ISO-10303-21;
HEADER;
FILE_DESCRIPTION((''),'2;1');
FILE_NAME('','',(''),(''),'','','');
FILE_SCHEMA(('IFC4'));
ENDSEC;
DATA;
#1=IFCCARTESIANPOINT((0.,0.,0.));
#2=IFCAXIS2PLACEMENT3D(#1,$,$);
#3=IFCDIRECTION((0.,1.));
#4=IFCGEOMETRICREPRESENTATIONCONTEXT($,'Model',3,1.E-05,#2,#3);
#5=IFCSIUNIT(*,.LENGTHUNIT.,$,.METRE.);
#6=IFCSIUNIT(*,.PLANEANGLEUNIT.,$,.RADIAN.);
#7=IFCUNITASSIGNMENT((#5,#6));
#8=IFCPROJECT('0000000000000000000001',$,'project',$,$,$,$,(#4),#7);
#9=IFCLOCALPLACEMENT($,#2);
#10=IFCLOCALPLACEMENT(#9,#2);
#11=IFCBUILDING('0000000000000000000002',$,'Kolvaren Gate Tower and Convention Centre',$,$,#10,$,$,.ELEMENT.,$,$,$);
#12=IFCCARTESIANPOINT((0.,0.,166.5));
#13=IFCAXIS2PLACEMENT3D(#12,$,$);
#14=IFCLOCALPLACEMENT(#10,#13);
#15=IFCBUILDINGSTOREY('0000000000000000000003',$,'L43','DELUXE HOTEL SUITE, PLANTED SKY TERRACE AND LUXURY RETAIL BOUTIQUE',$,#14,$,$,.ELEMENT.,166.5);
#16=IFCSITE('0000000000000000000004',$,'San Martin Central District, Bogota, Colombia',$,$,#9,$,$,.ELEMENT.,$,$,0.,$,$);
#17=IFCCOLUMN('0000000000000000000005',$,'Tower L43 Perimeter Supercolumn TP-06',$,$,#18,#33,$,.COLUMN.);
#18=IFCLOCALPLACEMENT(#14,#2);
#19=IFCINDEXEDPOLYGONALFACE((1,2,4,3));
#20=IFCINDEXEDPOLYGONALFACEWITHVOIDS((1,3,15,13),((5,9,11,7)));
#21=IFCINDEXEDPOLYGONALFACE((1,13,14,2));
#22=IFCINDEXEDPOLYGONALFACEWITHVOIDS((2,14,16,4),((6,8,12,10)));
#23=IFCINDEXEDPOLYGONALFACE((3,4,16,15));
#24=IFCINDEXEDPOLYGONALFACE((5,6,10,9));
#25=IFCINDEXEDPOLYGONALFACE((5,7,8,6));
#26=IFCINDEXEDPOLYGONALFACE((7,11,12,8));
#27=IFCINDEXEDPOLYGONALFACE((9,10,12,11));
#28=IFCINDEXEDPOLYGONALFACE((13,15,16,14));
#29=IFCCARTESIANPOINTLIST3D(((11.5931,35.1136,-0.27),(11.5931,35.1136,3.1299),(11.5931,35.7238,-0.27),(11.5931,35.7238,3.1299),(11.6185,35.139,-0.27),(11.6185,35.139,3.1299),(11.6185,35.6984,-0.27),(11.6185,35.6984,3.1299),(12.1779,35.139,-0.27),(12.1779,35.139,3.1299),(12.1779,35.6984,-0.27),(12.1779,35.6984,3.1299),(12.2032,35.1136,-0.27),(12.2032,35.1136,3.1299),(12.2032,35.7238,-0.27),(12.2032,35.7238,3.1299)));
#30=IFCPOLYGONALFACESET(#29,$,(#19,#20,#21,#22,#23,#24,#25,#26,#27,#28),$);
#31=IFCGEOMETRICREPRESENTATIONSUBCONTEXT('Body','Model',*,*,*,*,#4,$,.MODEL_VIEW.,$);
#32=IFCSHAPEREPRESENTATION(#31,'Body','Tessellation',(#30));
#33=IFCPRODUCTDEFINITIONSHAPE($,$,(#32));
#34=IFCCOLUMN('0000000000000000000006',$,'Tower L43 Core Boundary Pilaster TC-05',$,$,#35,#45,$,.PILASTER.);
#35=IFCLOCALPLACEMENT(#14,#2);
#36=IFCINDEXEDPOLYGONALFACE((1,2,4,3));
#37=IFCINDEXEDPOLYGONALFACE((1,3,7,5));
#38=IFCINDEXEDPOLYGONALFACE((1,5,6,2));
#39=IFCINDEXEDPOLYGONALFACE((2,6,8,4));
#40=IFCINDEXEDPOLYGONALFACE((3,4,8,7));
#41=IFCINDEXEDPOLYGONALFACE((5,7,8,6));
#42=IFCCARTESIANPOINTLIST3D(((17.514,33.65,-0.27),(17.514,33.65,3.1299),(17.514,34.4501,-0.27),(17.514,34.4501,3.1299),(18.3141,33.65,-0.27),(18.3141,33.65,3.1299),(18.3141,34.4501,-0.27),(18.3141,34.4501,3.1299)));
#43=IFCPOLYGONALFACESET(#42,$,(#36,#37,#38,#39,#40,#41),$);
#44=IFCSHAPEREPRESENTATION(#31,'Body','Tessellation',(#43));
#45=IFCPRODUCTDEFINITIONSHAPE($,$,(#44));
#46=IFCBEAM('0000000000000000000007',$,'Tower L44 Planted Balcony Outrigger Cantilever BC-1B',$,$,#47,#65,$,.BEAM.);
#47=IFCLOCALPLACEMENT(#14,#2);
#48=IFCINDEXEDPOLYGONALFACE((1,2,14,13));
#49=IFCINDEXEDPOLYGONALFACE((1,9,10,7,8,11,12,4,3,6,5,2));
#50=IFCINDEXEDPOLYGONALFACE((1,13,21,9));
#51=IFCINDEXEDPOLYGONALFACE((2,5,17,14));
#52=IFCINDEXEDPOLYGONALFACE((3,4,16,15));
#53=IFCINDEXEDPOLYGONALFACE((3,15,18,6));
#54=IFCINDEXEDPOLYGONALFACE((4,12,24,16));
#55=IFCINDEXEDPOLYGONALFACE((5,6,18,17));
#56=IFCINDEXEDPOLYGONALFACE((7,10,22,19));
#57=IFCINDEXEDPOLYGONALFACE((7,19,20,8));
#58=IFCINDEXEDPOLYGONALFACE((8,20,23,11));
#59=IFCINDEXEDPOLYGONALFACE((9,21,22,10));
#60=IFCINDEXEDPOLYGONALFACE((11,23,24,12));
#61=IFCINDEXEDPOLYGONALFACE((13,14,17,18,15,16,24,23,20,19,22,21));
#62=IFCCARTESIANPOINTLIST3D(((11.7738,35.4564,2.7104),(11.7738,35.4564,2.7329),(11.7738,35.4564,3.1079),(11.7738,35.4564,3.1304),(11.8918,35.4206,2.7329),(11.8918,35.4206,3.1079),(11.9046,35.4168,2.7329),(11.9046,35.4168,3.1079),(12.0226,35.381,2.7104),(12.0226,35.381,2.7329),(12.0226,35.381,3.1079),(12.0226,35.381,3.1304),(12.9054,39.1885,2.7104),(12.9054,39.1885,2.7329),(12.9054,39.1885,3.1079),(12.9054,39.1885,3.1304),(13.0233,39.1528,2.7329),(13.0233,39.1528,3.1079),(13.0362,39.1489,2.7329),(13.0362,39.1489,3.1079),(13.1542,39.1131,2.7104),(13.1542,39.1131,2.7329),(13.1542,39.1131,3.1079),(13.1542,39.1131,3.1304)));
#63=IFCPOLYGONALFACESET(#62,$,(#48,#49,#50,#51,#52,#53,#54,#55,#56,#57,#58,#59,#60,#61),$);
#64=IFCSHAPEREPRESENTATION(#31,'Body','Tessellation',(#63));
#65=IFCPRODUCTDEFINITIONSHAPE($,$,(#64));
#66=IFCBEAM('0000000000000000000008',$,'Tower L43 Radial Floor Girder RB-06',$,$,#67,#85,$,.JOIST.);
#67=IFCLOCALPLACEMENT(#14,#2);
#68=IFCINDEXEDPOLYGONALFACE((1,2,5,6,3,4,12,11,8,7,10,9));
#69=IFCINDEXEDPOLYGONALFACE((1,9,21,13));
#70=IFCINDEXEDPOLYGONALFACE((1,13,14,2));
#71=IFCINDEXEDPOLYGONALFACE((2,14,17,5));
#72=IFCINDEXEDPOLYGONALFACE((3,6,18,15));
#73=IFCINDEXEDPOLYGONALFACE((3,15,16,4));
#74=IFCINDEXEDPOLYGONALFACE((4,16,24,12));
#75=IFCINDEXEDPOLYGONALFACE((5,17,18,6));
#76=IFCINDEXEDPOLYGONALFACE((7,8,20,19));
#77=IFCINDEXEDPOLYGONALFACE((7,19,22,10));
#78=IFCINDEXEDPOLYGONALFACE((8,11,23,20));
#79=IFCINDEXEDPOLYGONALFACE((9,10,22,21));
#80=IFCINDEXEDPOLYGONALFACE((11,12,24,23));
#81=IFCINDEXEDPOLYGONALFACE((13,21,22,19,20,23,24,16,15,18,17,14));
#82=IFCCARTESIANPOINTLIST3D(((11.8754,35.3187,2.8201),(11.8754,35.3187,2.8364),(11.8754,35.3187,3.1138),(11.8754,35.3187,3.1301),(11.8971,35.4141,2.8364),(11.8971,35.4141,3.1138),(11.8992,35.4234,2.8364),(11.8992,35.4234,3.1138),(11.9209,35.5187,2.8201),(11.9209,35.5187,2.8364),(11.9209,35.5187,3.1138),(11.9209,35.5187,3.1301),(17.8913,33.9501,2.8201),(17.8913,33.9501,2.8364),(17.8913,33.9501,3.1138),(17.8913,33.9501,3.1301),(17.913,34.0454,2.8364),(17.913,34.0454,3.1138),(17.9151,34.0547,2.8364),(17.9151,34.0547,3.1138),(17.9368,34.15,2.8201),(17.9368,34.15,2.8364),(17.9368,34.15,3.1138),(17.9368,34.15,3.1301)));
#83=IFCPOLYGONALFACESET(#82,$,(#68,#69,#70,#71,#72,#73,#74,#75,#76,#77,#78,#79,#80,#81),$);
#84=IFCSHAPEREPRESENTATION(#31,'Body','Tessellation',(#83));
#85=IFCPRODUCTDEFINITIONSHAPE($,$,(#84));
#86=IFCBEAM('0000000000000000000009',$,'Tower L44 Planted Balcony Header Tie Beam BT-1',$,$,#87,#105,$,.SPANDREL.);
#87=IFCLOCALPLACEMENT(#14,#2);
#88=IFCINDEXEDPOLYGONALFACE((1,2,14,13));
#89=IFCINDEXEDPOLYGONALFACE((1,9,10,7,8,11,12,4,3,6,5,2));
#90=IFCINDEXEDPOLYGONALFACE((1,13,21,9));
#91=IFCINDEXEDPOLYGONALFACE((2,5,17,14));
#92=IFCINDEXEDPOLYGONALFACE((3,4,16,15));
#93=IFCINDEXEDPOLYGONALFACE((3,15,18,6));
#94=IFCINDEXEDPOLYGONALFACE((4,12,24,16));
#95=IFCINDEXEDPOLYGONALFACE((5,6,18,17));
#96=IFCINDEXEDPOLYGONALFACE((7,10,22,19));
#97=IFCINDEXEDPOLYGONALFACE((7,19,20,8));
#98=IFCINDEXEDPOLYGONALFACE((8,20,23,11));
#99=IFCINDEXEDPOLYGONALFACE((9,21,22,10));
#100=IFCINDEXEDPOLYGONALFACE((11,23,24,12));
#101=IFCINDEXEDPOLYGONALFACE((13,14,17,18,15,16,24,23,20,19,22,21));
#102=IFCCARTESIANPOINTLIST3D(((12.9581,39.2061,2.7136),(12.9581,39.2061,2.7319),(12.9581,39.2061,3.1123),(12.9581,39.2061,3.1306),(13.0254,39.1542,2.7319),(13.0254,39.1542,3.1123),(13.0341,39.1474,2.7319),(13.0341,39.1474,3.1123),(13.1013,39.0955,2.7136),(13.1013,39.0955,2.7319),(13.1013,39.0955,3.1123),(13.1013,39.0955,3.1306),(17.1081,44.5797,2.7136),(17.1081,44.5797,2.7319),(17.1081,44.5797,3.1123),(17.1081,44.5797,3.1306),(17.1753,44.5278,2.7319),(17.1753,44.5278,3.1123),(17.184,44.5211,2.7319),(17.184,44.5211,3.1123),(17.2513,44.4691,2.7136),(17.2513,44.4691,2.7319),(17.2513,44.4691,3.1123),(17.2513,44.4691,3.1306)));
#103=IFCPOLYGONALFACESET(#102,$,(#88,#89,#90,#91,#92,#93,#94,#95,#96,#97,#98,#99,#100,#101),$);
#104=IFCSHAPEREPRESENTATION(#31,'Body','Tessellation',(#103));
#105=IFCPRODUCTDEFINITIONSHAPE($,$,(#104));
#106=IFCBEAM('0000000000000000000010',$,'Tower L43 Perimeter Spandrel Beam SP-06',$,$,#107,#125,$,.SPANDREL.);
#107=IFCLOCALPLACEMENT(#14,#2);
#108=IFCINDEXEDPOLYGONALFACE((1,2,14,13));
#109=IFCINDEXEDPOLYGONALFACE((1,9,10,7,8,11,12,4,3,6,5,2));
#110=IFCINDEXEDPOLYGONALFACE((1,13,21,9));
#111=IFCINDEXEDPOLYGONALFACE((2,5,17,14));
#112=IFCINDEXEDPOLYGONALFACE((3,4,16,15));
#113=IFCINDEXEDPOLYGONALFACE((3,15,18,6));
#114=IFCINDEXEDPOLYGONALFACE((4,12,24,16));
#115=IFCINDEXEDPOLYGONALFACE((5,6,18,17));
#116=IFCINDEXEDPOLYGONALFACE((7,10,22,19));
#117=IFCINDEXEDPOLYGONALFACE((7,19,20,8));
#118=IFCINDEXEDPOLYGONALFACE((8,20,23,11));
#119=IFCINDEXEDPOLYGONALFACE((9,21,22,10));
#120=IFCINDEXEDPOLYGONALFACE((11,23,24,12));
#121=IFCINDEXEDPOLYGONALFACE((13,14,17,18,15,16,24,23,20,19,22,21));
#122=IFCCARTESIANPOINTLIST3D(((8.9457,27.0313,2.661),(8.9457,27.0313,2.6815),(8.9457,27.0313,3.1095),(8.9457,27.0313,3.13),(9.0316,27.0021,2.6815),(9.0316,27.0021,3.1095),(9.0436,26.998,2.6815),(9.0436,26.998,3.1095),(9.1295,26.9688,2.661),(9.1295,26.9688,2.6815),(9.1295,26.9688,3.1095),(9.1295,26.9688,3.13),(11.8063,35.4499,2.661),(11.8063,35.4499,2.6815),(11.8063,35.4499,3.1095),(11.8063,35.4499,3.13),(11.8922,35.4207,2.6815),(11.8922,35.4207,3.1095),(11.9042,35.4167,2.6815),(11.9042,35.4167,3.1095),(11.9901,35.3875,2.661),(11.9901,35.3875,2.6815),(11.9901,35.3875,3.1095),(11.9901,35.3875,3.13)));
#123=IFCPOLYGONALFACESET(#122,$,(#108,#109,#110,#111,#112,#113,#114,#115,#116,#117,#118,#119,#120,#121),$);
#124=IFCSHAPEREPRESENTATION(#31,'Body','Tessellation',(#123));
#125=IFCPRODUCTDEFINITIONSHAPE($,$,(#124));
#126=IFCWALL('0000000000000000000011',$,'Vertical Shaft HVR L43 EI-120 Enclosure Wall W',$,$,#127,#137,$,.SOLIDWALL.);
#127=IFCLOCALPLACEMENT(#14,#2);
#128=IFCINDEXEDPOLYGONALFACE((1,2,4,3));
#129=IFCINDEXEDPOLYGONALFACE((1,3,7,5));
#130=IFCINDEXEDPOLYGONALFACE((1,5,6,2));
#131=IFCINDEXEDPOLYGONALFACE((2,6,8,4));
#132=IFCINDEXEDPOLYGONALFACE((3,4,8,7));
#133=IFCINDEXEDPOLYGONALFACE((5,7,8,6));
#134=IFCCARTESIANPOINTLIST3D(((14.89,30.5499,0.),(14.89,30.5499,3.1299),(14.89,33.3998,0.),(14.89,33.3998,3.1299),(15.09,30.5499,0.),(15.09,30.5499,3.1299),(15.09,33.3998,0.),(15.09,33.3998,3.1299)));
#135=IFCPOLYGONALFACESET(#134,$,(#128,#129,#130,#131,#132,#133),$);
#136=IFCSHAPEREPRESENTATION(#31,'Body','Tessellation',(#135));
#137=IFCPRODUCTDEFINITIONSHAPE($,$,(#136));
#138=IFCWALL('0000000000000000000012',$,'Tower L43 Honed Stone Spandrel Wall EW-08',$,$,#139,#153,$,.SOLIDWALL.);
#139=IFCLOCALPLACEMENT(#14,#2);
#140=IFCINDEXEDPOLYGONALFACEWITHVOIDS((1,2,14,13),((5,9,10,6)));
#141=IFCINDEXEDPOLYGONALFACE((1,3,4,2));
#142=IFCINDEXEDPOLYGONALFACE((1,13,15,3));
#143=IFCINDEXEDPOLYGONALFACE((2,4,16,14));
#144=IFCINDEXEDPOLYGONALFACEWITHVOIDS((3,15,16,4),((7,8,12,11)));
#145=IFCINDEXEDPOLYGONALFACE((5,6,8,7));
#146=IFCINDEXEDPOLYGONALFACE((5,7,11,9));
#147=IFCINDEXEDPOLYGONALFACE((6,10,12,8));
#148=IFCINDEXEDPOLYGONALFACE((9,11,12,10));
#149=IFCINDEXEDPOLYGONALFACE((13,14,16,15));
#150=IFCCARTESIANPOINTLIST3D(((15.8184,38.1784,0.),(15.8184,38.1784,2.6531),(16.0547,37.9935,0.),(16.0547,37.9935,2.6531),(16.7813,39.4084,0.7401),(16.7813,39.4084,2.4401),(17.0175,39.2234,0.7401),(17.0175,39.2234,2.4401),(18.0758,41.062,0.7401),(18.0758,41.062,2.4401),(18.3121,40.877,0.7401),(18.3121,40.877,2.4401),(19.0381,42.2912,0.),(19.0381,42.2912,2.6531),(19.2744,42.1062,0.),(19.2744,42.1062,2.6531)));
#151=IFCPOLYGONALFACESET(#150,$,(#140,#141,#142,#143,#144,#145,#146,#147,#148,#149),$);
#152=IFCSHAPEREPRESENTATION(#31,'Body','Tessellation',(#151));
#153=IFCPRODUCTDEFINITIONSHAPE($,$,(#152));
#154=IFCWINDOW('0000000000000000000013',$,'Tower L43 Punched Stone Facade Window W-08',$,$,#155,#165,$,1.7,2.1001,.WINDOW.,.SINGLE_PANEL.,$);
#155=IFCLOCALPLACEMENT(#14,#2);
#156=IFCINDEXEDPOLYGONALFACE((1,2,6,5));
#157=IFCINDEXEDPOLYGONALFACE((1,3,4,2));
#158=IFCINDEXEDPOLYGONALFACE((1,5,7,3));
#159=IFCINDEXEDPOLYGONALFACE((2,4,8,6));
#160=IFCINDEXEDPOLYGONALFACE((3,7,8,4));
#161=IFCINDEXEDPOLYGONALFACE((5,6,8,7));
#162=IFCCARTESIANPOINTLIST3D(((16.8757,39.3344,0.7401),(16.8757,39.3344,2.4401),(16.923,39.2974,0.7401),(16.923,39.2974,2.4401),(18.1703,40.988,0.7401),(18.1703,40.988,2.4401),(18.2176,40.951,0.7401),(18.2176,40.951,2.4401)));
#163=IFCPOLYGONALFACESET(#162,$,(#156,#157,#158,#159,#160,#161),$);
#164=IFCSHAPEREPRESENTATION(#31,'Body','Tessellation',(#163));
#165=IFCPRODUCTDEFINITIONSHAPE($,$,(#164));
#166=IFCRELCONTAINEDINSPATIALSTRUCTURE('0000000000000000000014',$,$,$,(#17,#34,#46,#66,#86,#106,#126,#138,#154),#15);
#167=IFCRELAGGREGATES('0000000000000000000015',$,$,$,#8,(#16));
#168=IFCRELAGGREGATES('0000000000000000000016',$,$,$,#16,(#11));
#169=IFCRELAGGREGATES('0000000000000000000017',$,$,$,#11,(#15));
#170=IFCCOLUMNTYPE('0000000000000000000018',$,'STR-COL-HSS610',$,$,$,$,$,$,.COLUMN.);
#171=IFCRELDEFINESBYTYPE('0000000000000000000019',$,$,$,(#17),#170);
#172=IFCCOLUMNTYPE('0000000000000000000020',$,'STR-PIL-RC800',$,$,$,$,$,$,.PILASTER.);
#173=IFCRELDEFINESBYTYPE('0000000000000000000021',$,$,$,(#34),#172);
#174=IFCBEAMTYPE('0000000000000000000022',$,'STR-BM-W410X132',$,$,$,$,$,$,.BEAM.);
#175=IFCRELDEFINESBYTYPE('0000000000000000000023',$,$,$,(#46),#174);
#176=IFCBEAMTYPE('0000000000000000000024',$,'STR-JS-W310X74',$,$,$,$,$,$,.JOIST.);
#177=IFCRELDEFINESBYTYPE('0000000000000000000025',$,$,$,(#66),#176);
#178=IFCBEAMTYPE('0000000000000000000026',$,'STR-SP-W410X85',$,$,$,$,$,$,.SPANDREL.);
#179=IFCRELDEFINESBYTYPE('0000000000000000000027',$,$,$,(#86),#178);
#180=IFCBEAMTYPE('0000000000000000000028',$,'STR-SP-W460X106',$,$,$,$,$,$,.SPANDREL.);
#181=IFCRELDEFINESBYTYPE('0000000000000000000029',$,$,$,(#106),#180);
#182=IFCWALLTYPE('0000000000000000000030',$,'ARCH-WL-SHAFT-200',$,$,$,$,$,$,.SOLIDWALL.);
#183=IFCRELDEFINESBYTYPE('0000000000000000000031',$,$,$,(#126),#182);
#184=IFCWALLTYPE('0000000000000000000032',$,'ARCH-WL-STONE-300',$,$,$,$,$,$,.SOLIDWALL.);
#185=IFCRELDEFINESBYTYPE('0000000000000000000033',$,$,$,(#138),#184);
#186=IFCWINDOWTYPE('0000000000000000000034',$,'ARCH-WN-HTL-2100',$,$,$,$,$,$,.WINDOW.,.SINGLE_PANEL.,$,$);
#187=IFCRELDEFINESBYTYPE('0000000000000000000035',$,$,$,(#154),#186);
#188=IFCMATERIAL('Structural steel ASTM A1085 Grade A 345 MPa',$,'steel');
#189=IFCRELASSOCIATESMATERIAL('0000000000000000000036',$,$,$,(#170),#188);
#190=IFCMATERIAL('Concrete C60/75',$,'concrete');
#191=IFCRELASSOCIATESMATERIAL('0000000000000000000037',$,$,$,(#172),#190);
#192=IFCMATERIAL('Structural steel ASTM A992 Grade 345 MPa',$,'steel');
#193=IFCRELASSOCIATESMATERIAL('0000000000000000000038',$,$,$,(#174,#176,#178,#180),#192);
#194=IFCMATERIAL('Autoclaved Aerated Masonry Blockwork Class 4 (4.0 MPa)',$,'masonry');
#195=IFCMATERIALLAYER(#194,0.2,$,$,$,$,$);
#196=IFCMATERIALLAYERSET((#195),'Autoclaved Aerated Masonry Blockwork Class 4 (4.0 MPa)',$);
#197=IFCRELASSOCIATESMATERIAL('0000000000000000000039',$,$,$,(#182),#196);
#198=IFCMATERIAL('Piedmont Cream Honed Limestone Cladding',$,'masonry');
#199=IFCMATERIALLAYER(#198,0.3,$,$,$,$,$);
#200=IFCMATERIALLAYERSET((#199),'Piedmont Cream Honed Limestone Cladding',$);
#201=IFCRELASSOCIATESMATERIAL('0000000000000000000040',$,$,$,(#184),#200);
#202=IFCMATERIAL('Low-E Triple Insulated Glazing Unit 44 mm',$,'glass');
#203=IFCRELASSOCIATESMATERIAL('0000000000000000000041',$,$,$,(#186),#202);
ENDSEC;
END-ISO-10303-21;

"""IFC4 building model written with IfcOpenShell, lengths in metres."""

from ifc_helpers import new_model, si_unit, direction, frame, frame_2d, origin, origin_2d, place, context, subcontext, project, spatial, rectangle, hollow_rectangle, i_section, extrude, material, layer, layer_set, material_profile, profile_set, type_object, element, fill, save


model = new_model("IFC4")

# Units and contexts
model_context = context("Model", 3, precision=1e-05, world=origin(), true_north=direction((0.0, 1.0)))
body_context = subcontext(model_context, "Body", "Model", "MODEL_VIEW")
ifc_project = project(units=[si_unit("LENGTHUNIT", "METRE"), si_unit("PLANEANGLEUNIT", "RADIAN")], contexts=[model_context])

# Site, building, storey
site_placement = place(None, origin())
site = spatial("IfcSite", under=ifc_project, at=site_placement, Name="San Martin Central District, Bogota, Colombia", CompositionType="ELEMENT", RefElevation=0.0)
building_placement = place(site_placement, origin())
building = spatial("IfcBuilding", under=site, at=building_placement, Name="Kolvaren Gate Tower and Convention Centre", CompositionType="ELEMENT")
storey_placement = place(building_placement, frame((0.0, 0.0, 166.5)))
storey = spatial("IfcBuildingStorey", under=building, at=storey_placement, Name="L43", Description="DELUXE HOTEL SUITE, PLANTED SKY TERRACE AND LUXURY RETAIL BOUTIQUE", CompositionType="ELEMENT", Elevation=166.5)

# Columns
ifc_material_1 = material(Name="Structural steel ASTM A1085 Grade A 345 MPa", Category="steel")
ifc_material_profile_1 = material_profile(ifc_material_1, hollow_rectangle(XDim=0.6101, YDim=0.6101, WallThickness=0.0254, at=origin_2d()), Name="HSS610X610X25.4")
ifc_profile_set_1 = profile_set([ifc_material_profile_1], Name="Structural steel ASTM A1085 Grade A 345 MPa")
column_type_1 = type_object("IfcColumnType", Name="STR-COL-HSS610", PredefinedType="COLUMN", material=ifc_profile_set_1)
column_1_placement = place(storey_placement, frame((11.8982, 35.4187, -0.27), z_axis=(0.0, 0.0, 1.0), x_axis=(1.0, 0.0, 0.0)))
element("IfcColumn", 1, at=column_1_placement, inside=storey, type_object=column_type_1, Name="Tower L43 Perimeter Supercolumn TP-06", PredefinedType="COLUMN", context=body_context, shape_type="SweptSolid", body=[
    extrude(hollow_rectangle(XDim=0.6101, YDim=0.6101, WallThickness=0.0254, at=origin_2d()), origin(), (0.0, 0.0, 1.0), 3.3999),
])
ifc_material_2 = material(Name="Concrete C60/75", Category="concrete")
ifc_material_profile_2 = material_profile(ifc_material_2, rectangle(XDim=0.8, YDim=0.8, at=origin_2d()), Name="RC-COL-800X800")
ifc_profile_set_2 = profile_set([ifc_material_profile_2], Name="Concrete C60/75")
column_type_2 = type_object("IfcColumnType", Name="STR-PIL-RC800", PredefinedType="PILASTER", material=ifc_profile_set_2)
column_2_placement = place(storey_placement, frame((17.9141, 34.05, -0.27), z_axis=(0.0, 0.0, 1.0), x_axis=(1.0, 0.0, 0.0)))
element("IfcColumn", 2, at=column_2_placement, inside=storey, type_object=column_type_2, Name="Tower L43 Core Boundary Pilaster TC-05", PredefinedType="PILASTER", context=body_context, shape_type="SweptSolid", body=[
    extrude(rectangle(XDim=0.8, YDim=0.8, at=origin_2d()), origin(), (0.0, 0.0, 1.0), 3.3999),
])

# Beams
ifc_material_3 = material(Name="Structural steel ASTM A992 Grade 345 MPa", Category="steel")
ifc_material_profile_3 = material_profile(ifc_material_3, i_section(OverallWidth=0.26, OverallDepth=0.4199, WebThickness=0.0134, FlangeThickness=0.0225, at=origin_2d()), Name="W410X132")
ifc_profile_set_3 = profile_set([ifc_material_profile_3], Name="Structural steel ASTM A992 Grade 345 MPa")
beam_type_1 = type_object("IfcBeamType", Name="STR-BM-W410X132", PredefinedType="BEAM", material=ifc_profile_set_3)
beam_1_placement = place(storey_placement, frame((11.8982, 35.4187, 2.9204), z_axis=(0.290155, 0.95698, 0.0), x_axis=(-0.95698, 0.290155, 0.0)))
element("IfcBeam", 3, at=beam_1_placement, inside=storey, type_object=beam_type_1, Name="Tower L44 Planted Balcony Outrigger Cantilever BC-1B", PredefinedType="BEAM", context=body_context, shape_type="SweptSolid", body=[
    extrude(i_section(OverallWidth=0.26, OverallDepth=0.4199, WebThickness=0.0134, FlangeThickness=0.0225, at=origin_2d()), origin(), (0.0, 0.0, 1.0), 3.8999),
])
ifc_material_profile_4 = material_profile(ifc_material_3, i_section(OverallWidth=0.2051, OverallDepth=0.3101, WebThickness=0.0095, FlangeThickness=0.0164, at=origin_2d()), Name="W310X74")
ifc_profile_set_4 = profile_set([ifc_material_profile_4], Name="Structural steel ASTM A992 Grade 345 MPa")
beam_type_2 = type_object("IfcBeamType", Name="STR-JS-W310X74", PredefinedType="JOIST", material=ifc_profile_set_4)
beam_2_placement = place(storey_placement, frame((17.9141, 34.05, 2.9751), z_axis=(-0.975083, 0.221838, 0.0), x_axis=(-0.221838, -0.975083, 0.0)))
element("IfcBeam", 4, at=beam_2_placement, inside=storey, type_object=beam_type_2, Name="Tower L43 Radial Floor Girder RB-06", PredefinedType="JOIST", context=body_context, shape_type="SweptSolid", body=[
    extrude(i_section(OverallWidth=0.2051, OverallDepth=0.3101, WebThickness=0.0095, FlangeThickness=0.0164, at=origin_2d()), origin(), (0.0, 0.0, 1.0), 6.1697),
])
ifc_material_profile_5 = material_profile(ifc_material_3, i_section(OverallWidth=0.1809, OverallDepth=0.417, WebThickness=0.011, FlangeThickness=0.0183, at=origin_2d()), Name="W410X85")
ifc_profile_set_5 = profile_set([ifc_material_profile_5], Name="Structural steel ASTM A992 Grade 345 MPa")
beam_type_3 = type_object("IfcBeamType", Name="STR-SP-W410X85", PredefinedType="SPANDREL", material=ifc_profile_set_5)
beam_3_placement = place(storey_placement, frame((17.1797, 44.5244, 2.9221), z_axis=(-0.611228, -0.791454, 0.0), x_axis=(0.791454, -0.611228, 0.0)))
element("IfcBeam", 5, at=beam_3_placement, inside=storey, type_object=beam_type_3, Name="Tower L44 Planted Balcony Header Tie Beam BT-1", PredefinedType="SPANDREL", context=body_context, shape_type="SweptSolid", body=[
    extrude(i_section(OverallWidth=0.1809, OverallDepth=0.417, WebThickness=0.011, FlangeThickness=0.0183, at=origin_2d()), origin(), (0.0, 0.0, 1.0), 6.7896),
])
ifc_material_profile_6 = material_profile(ifc_material_3, i_section(OverallWidth=0.1941, OverallDepth=0.469, WebThickness=0.0127, FlangeThickness=0.0205, at=origin_2d()), Name="W460X106")
ifc_profile_set_6 = profile_set([ifc_material_profile_6], Name="Structural steel ASTM A992 Grade 345 MPa")
beam_type_4 = type_object("IfcBeamType", Name="STR-SP-W460X106", PredefinedType="SPANDREL", material=ifc_profile_set_6)
beam_4_placement = place(storey_placement, frame((11.8982, 35.4187, 2.8955), z_axis=(-0.321725, -0.946833, 0.0), x_axis=(0.946833, -0.321725, 0.0)))
element("IfcBeam", 6, at=beam_4_placement, inside=storey, type_object=beam_type_4, Name="Tower L43 Perimeter Spandrel Beam SP-06", PredefinedType="SPANDREL", context=body_context, shape_type="SweptSolid", body=[
    extrude(i_section(OverallWidth=0.1941, OverallDepth=0.469, WebThickness=0.0127, FlangeThickness=0.0205, at=origin_2d()), origin(), (0.0, 0.0, 1.0), 8.8914),
])

# Wall
ifc_material_4 = material(Name="Autoclaved Aerated Masonry Blockwork Class 4 (4.0 MPa)", Category="masonry")
ifc_layer_1 = layer(ifc_material_4, 0.2)
ifc_layer_set_1 = layer_set([ifc_layer_1], Name="Autoclaved Aerated Masonry Blockwork Class 4 (4.0 MPa)")
wall_type_1 = type_object("IfcWallType", Name="ARCH-WL-SHAFT-200", PredefinedType="SOLIDWALL", material=ifc_layer_set_1)
wall_1_placement = place(storey_placement, frame((14.99, 30.55, 0.0), z_axis=(0.0, 0.0, 1.0), x_axis=(0.0, 1.0, 0.0)))
element("IfcWall", 7, at=wall_1_placement, inside=storey, type_object=wall_type_1, Name="Vertical Shaft HVR L43 EI-120 Enclosure Wall W", PredefinedType="SOLIDWALL", context=body_context, shape_type="SweptSolid", body=[
    extrude(rectangle(XDim=2.8499, YDim=0.2, at=frame_2d((1.4248, 0.0))), origin(), (0.0, 0.0, 1.0), 3.1299),
])

# Wall, opening, window
ifc_material_5 = material(Name="Piedmont Cream Honed Limestone Cladding", Category="masonry")
ifc_layer_2 = layer(ifc_material_5, 0.3)
ifc_layer_set_2 = layer_set([ifc_layer_2], Name="Piedmont Cream Honed Limestone Cladding")
wall_type_2 = type_object("IfcWallType", Name="ARCH-WL-STONE-300", PredefinedType="SOLIDWALL", material=ifc_layer_set_2)
wall_2_placement = place(storey_placement, frame((15.9365, 38.0859, 0.0), z_axis=(0.0, 0.0, 1.0), x_axis=(0.616429, 0.78741, 0.0)))
wall_2 = element("IfcWall", 8, at=wall_2_placement, inside=storey, type_object=wall_type_2, Name="Tower L43 Honed Stone Spandrel Wall EW-08", PredefinedType="SOLIDWALL", context=body_context, shape_type="SweptSolid", body=[
    extrude(rectangle(XDim=5.2231, YDim=0.3, at=frame_2d((2.6116, 0.0))), origin(), (0.0, 0.0, 1.0), 2.6531),
])
opening_1_placement = place(wall_2_placement, frame((1.562, 0.0, 0.74)))
opening_1 = element("IfcOpeningElement", 9, at=opening_1_placement, cuts=wall_2, PredefinedType="OPENING", context=body_context, shape_type="SweptSolid", body=[
    extrude(rectangle(XDim=2.1001, YDim=1.7, at=frame_2d((1.05, 0.8501))), frame((0.0, 0.1599, 0.0), z_axis=(0.0, -1.0, 0.0), x_axis=(1.0, 0.0, 0.0)), (0.0, 0.0, 1.0), 0.3201),
])
ifc_material_6 = material(Name="Low-E Triple Insulated Glazing Unit 44 mm", Category="glass")
window_type = type_object("IfcWindowType", Name="ARCH-WN-HTL-2100", PartitioningType="SINGLE_PANEL", PredefinedType="WINDOW", material=ifc_material_6)
window_1_placement = place(opening_1_placement, origin())
window_1 = element("IfcWindow", 10, at=window_1_placement, inside=storey, type_object=window_type, Name="Tower L43 Punched Stone Facade Window W-08", OverallHeight=1.7, OverallWidth=2.1001, PartitioningType="SINGLE_PANEL", PredefinedType="WINDOW", context=body_context, shape_type="SweptSolid", body=[
    extrude(rectangle(XDim=2.1001, YDim=1.7, at=frame_2d((1.05, 0.8501))), frame((0.0, 0.03, 0.0), z_axis=(0.0, -1.0, 0.0), x_axis=(1.0, 0.0, 0.0)), (0.0, 0.0, 1.0), 0.0601),
])
fill(opening_1, window_1)

save(model, "model.ifc")
